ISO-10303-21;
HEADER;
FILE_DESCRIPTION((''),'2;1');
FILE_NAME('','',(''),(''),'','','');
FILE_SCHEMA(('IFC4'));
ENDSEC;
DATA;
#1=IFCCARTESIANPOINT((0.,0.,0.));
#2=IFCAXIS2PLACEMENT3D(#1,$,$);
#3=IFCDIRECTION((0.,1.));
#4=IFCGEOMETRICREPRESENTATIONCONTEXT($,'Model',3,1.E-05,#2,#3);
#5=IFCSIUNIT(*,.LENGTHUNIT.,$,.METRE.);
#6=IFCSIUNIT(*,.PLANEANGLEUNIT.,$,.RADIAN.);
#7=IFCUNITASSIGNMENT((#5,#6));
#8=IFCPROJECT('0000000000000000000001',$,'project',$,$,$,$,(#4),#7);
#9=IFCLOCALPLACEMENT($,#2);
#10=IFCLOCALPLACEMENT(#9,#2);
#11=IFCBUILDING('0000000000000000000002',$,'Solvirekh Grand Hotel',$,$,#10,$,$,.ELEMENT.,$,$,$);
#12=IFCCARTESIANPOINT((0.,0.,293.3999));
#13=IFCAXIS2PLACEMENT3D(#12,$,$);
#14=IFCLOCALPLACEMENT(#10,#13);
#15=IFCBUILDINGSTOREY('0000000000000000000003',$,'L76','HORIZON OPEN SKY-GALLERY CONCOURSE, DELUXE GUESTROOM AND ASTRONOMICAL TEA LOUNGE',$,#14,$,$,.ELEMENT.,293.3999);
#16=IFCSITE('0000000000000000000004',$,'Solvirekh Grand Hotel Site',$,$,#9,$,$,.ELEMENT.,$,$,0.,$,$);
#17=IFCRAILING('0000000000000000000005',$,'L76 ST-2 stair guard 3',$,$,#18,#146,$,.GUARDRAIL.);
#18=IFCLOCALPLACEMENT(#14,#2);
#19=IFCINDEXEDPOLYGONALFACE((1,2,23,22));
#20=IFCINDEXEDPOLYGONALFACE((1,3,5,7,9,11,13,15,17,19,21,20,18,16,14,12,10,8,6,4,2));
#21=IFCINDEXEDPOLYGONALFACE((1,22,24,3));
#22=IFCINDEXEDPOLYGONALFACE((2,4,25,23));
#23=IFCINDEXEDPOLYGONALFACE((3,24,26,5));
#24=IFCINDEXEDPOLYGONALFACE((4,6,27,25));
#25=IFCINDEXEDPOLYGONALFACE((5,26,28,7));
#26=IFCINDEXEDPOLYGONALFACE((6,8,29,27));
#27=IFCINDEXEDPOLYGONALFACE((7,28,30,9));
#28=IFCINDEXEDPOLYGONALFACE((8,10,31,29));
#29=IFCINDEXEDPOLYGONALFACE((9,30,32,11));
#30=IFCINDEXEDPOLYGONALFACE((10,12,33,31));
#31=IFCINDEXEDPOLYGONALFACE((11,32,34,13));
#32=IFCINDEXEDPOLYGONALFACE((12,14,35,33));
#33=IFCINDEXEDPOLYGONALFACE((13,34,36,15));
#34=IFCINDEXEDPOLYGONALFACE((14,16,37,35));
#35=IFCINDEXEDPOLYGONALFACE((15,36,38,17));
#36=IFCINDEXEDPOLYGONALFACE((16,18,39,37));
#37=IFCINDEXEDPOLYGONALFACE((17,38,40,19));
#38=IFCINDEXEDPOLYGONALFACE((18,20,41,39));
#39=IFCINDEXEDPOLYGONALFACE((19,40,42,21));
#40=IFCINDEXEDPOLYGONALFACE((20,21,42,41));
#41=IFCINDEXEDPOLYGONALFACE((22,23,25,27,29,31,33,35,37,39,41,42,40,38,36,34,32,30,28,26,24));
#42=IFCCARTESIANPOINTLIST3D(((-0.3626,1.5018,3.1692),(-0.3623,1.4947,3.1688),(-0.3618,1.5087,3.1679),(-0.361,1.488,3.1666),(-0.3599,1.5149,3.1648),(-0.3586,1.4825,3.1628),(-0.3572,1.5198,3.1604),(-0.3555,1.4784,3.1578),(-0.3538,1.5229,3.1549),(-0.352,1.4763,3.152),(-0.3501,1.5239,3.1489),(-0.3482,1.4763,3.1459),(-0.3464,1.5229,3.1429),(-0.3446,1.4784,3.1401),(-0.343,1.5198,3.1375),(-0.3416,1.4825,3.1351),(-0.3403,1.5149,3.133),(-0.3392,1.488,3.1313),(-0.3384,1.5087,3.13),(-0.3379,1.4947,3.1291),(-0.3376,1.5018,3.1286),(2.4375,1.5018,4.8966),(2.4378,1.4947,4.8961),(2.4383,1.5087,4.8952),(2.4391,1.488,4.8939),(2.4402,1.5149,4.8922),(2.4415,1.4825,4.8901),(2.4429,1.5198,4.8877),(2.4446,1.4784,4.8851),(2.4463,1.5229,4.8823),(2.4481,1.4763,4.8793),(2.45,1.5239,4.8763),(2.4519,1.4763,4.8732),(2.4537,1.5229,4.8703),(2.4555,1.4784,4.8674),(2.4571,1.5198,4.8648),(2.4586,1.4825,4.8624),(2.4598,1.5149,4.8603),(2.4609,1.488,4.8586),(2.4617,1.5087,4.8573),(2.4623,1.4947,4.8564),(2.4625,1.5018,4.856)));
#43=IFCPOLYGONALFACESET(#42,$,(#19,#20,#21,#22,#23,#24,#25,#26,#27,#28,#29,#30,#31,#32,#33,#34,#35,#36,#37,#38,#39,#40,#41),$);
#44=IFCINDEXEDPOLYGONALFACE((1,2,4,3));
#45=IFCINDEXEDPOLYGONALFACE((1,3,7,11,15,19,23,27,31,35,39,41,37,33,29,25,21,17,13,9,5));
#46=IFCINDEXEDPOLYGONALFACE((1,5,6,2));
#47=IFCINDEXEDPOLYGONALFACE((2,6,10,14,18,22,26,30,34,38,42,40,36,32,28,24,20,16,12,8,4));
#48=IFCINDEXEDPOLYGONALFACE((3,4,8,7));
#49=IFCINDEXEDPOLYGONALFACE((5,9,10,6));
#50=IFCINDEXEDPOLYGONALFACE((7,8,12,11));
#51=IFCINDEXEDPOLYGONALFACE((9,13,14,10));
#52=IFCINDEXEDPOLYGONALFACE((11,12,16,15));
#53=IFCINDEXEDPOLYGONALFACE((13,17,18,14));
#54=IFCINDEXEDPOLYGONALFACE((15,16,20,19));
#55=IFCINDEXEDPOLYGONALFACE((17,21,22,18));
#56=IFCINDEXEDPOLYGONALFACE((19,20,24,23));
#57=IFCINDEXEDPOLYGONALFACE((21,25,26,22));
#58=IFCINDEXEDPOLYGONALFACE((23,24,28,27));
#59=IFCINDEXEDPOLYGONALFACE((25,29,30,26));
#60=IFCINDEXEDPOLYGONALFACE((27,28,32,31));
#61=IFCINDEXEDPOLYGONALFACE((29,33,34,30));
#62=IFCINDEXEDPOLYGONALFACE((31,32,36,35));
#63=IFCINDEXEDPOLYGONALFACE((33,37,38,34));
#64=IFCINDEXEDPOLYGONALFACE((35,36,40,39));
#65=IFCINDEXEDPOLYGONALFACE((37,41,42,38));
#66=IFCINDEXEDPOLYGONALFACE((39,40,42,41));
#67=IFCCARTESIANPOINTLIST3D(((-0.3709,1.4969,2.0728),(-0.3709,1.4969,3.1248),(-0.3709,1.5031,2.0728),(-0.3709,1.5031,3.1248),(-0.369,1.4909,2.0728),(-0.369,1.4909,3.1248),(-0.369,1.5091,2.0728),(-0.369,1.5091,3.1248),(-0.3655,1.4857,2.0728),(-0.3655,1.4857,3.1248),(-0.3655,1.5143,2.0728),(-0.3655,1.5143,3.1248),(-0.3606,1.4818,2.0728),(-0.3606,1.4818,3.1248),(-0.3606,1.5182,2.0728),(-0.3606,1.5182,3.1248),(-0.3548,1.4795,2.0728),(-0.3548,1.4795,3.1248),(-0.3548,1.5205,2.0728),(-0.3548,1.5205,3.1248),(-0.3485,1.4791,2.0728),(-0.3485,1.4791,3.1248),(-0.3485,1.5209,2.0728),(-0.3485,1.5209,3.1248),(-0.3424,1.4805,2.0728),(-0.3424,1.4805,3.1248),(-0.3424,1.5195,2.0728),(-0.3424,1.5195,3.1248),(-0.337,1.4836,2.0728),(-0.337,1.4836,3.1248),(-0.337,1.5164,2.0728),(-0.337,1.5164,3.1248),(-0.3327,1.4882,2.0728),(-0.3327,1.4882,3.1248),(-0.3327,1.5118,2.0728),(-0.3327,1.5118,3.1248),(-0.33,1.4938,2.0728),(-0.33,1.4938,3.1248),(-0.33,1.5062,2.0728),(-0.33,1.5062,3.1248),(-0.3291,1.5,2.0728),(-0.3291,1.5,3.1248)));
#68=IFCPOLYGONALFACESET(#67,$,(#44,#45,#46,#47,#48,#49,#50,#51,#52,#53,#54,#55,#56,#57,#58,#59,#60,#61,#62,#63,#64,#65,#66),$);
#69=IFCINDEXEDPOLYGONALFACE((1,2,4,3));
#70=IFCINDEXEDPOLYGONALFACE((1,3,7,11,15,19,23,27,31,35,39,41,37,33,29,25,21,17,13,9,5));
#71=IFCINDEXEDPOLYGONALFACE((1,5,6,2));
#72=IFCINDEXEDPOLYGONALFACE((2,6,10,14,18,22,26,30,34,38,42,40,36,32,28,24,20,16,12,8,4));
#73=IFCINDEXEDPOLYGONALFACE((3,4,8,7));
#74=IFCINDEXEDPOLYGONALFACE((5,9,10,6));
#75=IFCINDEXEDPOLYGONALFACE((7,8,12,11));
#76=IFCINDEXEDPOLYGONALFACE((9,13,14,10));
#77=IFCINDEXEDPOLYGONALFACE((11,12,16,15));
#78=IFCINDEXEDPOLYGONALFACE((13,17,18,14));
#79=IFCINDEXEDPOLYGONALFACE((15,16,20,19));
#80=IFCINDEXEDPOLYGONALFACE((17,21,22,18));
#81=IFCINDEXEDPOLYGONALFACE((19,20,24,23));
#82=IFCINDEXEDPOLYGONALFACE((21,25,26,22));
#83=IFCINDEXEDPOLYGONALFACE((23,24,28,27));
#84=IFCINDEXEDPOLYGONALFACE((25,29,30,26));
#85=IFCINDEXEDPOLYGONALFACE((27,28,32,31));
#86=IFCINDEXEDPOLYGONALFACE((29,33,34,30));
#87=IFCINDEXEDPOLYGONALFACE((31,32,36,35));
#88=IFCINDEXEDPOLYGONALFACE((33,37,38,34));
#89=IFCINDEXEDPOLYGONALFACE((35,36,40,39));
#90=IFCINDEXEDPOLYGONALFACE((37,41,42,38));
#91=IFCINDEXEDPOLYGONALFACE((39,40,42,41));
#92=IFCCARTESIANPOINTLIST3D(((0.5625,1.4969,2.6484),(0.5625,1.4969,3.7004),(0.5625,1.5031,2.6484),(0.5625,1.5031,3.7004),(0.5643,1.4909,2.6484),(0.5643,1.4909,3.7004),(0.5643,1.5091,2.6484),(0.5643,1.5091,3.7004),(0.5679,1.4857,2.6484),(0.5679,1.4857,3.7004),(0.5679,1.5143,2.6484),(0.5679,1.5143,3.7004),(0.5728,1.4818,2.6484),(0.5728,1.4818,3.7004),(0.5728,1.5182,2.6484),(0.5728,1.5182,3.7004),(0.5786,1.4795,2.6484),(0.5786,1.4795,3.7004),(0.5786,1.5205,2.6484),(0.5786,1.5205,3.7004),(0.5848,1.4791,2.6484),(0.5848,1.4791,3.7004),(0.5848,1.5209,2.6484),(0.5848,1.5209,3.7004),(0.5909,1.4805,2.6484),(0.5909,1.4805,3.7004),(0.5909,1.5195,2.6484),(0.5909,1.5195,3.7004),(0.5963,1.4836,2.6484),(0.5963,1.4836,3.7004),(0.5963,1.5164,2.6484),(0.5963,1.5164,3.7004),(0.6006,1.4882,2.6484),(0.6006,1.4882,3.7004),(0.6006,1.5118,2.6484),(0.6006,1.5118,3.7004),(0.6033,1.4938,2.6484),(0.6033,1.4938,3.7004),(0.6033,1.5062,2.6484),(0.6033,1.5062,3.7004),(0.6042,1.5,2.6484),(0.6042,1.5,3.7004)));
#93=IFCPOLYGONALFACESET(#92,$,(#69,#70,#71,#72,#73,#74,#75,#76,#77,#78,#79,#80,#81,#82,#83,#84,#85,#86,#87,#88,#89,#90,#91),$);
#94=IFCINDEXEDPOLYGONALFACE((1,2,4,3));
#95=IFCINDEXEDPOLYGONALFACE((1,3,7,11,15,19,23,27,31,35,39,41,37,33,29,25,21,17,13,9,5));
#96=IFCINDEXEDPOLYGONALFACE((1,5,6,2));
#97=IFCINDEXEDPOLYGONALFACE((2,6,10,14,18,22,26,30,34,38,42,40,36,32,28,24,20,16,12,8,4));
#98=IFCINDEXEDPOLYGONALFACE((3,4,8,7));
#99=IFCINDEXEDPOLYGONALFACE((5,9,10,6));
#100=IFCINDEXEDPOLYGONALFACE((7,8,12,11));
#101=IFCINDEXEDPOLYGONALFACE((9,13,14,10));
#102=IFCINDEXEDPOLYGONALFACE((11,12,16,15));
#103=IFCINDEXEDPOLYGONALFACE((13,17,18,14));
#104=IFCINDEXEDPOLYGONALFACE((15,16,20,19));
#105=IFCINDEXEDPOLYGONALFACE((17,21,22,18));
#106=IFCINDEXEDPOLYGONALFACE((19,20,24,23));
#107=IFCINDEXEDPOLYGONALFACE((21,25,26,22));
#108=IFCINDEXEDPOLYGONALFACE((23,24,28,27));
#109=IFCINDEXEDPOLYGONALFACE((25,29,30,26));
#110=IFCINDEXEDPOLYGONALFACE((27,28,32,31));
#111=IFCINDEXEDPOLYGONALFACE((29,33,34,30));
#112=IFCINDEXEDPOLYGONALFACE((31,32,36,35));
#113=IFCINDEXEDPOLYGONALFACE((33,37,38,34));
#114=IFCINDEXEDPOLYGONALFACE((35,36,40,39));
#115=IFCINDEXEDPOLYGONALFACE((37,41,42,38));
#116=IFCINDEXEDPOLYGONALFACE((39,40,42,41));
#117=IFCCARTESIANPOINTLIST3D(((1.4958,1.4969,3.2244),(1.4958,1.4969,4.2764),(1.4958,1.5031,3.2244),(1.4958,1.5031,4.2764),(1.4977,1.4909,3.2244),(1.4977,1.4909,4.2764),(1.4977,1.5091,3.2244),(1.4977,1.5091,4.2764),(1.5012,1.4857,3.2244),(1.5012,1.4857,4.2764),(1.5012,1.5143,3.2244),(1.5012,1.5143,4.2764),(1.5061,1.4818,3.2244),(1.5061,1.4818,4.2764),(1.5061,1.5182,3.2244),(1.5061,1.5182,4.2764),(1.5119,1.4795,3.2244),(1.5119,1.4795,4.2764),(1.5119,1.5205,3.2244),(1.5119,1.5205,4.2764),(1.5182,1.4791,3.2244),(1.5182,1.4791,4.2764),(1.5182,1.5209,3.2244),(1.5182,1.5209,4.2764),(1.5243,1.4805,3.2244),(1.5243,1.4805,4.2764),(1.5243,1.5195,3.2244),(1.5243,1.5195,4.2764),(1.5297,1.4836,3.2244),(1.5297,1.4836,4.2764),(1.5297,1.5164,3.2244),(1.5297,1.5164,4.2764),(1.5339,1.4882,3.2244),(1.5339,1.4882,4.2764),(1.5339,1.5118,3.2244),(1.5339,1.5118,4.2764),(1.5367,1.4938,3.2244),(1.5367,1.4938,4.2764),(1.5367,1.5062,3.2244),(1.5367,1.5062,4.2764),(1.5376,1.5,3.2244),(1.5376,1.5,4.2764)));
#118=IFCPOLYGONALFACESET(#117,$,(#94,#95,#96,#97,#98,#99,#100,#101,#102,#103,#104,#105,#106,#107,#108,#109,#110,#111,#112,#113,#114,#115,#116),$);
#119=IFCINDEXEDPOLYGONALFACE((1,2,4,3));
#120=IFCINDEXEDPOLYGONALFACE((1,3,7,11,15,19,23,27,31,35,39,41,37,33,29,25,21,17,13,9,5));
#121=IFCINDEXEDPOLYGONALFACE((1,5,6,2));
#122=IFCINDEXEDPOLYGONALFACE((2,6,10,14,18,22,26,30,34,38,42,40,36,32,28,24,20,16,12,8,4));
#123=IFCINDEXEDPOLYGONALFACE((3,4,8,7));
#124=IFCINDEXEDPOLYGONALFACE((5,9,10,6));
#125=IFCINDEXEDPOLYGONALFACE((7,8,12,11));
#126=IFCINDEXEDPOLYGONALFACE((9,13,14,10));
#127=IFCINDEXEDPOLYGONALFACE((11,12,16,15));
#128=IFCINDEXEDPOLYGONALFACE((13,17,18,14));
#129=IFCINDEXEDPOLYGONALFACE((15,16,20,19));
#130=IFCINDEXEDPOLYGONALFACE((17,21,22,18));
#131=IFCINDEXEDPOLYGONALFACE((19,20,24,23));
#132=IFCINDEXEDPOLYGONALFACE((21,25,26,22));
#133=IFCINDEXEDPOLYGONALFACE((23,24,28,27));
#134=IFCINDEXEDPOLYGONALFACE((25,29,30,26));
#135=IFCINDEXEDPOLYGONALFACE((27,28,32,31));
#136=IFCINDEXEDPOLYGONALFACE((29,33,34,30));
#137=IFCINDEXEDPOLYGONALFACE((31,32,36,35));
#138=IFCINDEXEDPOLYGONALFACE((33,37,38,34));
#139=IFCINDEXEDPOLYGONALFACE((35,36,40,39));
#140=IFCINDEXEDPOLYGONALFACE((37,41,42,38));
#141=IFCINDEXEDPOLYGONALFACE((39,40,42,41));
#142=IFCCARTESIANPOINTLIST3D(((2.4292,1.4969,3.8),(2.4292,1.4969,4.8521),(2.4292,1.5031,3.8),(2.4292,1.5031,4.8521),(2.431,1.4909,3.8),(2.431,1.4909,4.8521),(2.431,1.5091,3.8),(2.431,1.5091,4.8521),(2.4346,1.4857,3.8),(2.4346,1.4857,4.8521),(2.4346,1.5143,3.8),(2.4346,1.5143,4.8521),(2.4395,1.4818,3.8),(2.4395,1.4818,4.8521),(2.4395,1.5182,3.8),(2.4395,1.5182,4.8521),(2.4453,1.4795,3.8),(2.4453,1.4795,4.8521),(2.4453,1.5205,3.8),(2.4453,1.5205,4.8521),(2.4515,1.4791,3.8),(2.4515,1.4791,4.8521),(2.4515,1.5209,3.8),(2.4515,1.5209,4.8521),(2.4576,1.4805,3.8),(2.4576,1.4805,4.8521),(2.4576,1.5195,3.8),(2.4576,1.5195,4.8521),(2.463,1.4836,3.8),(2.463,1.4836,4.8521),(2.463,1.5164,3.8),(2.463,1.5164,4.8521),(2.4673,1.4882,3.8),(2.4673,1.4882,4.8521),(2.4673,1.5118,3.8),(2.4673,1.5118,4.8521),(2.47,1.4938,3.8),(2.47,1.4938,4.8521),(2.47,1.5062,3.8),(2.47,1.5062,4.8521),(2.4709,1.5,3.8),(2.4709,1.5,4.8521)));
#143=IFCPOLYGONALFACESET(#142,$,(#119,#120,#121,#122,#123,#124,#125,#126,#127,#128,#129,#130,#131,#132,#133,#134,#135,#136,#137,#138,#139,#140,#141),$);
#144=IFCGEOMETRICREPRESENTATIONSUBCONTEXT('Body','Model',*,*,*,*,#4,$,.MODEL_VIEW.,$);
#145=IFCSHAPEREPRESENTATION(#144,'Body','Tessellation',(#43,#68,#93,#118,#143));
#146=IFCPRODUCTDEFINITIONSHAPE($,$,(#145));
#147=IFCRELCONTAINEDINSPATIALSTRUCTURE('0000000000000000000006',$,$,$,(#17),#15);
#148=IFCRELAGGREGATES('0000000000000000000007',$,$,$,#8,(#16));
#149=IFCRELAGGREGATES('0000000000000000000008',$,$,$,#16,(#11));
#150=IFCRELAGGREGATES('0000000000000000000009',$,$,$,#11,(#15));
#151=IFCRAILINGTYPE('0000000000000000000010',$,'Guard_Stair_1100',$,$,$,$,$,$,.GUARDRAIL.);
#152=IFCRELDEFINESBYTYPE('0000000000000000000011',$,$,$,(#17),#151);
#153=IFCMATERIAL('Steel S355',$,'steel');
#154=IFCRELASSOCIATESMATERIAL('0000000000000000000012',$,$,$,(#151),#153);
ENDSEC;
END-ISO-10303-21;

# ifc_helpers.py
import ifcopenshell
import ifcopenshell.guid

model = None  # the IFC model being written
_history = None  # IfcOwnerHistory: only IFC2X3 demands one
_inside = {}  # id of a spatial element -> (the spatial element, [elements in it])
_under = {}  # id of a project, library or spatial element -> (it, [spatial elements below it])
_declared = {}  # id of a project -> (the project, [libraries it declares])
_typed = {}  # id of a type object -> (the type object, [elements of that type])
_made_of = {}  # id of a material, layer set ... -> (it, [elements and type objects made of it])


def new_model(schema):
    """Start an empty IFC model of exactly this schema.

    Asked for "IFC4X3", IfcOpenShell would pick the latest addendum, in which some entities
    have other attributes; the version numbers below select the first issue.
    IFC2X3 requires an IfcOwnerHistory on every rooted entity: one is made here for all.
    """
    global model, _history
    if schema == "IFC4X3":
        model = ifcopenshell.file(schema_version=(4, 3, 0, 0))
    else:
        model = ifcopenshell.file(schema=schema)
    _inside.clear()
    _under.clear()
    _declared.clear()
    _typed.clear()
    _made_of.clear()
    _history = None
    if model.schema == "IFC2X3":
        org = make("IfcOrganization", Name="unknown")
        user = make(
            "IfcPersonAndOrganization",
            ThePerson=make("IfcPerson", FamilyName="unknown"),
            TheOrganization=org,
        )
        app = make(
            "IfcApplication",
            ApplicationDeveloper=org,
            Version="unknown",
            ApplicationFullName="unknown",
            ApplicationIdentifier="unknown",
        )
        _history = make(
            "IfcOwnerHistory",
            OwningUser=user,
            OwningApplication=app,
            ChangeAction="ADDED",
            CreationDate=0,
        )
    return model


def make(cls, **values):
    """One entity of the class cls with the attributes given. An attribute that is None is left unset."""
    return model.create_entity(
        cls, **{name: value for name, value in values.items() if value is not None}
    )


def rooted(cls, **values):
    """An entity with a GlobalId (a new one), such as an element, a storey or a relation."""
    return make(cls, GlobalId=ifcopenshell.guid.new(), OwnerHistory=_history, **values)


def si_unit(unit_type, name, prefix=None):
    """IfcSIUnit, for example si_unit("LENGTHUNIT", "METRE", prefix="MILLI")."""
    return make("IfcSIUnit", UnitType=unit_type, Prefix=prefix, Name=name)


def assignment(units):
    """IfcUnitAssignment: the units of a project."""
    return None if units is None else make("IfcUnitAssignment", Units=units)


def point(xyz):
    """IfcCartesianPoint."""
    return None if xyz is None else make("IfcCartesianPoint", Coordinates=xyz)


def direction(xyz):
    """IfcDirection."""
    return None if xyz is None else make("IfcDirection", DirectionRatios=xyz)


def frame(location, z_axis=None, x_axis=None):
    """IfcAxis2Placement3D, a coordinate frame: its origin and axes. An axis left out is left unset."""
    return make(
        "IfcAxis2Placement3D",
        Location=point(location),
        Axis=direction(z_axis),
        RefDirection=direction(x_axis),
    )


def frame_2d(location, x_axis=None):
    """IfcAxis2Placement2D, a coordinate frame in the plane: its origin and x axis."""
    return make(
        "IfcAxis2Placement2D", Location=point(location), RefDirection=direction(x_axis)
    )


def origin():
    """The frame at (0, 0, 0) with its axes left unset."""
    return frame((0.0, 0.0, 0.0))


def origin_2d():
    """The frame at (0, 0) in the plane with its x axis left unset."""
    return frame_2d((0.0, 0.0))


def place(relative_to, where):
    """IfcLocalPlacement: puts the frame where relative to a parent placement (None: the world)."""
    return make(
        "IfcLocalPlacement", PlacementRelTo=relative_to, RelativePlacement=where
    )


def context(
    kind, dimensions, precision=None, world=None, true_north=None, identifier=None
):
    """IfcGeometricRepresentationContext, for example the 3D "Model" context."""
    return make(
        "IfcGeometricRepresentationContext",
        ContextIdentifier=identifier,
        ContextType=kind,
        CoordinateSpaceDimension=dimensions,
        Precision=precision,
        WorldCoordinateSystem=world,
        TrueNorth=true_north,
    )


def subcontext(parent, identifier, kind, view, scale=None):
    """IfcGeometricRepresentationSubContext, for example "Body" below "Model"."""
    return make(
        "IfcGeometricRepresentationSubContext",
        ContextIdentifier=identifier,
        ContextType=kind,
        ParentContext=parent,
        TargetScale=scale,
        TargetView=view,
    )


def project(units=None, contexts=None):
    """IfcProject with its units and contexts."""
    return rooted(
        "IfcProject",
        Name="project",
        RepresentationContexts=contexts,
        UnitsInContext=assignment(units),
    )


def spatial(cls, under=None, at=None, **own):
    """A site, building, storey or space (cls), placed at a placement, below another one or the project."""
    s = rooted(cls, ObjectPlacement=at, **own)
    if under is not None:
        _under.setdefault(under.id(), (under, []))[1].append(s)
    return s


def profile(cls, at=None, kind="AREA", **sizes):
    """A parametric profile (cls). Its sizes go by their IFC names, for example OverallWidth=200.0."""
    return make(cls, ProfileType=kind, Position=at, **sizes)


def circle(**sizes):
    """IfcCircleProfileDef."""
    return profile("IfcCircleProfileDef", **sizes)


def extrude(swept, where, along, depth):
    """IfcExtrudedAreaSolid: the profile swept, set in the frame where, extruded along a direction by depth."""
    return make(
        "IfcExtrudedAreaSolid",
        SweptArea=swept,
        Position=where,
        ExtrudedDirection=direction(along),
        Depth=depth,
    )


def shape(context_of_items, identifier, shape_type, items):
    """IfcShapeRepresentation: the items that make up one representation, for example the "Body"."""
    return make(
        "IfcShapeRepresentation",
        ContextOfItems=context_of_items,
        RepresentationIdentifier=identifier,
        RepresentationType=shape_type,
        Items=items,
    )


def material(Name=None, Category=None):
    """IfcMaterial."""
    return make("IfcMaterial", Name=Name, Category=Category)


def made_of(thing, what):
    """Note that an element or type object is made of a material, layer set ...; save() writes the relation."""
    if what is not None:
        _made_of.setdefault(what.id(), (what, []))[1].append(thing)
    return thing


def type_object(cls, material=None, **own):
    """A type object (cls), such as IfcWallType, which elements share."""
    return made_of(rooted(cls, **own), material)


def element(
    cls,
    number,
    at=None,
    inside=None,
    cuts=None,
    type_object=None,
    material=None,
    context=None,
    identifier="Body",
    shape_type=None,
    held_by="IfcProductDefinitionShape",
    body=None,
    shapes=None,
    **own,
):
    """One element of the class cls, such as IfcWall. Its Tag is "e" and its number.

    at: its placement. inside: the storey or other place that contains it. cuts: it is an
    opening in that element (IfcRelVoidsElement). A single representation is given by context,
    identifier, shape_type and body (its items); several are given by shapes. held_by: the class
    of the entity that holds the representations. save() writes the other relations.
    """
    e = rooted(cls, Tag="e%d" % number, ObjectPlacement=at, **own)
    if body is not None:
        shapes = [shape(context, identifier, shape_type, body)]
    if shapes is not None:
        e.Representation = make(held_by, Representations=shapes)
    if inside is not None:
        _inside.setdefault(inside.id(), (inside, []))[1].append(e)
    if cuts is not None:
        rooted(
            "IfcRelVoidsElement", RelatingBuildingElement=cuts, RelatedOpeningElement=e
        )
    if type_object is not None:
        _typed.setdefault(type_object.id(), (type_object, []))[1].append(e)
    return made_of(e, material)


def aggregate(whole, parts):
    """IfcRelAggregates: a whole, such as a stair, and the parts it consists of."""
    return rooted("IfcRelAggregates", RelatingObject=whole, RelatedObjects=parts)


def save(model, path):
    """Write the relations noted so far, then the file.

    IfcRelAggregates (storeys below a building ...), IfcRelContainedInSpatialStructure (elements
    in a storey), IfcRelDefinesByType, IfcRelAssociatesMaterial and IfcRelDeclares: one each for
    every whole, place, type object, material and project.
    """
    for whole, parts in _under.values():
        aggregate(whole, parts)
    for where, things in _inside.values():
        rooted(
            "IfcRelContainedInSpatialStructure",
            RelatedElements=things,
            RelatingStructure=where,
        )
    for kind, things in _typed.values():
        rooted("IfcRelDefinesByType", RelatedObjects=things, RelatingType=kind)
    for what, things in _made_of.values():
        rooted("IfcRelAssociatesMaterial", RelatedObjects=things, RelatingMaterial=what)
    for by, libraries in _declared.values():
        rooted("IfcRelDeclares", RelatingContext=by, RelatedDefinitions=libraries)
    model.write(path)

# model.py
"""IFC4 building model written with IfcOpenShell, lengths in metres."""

from ifc_helpers import new_model, si_unit, direction, frame, origin, origin_2d, place, context, subcontext, project, spatial, circle, extrude, material, type_object, element, save


model = new_model("IFC4")

# Units and contexts
model_context = context("Model", 3, precision=1e-05, world=origin(), true_north=direction((0.0, 1.0)))
body_context = subcontext(model_context, "Body", "Model", "MODEL_VIEW")
ifc_project = project(units=[si_unit("LENGTHUNIT", "METRE"), si_unit("PLANEANGLEUNIT", "RADIAN")], contexts=[model_context])

# Site, building, storey
site_placement = place(None, origin())
site = spatial("IfcSite", under=ifc_project, at=site_placement, Name="Solvirekh Grand Hotel Site", CompositionType="ELEMENT", RefElevation=0.0)
building_placement = place(site_placement, origin())
building = spatial("IfcBuilding", under=site, at=building_placement, Name="Solvirekh Grand Hotel", CompositionType="ELEMENT")
storey_placement = place(building_placement, frame((0.0, 0.0, 293.3999)))
storey = spatial("IfcBuildingStorey", under=building, at=storey_placement, Name="L76", Description="HORIZON OPEN SKY-GALLERY CONCOURSE, DELUXE GUESTROOM AND ASTRONOMICAL TEA LOUNGE", CompositionType="ELEMENT", Elevation=293.3999)

# Shared definitions
ifc_material_1 = material(Name="Steel S355", Category="steel")

# Railing
railing_type_1 = type_object("IfcRailingType", Name="Guard_Stair_1100", PredefinedType="GUARDRAIL", material=ifc_material_1)
railing_1_placement = place(storey_placement, frame((-0.3501, 1.5, 2.0728)))
element("IfcRailing", 1, at=railing_1_placement, inside=storey, type_object=railing_type_1, Name="L76 ST-2 stair guard 3", PredefinedType="GUARDRAIL", context=body_context, shape_type="SweptSolid", body=[
    extrude(circle(Radius=0.0239, at=origin_2d()), frame((0.0, 0.0, 1.0762), z_axis=(0.85109, 0.0, 0.52502), x_axis=(0.0, 1.0, 0.0)), (0.0, 0.0, 1.0), 3.29),
    extrude(circle(Radius=0.021, at=origin_2d()), origin(), (0.0, 0.0, 1.0), 1.052),
    extrude(circle(Radius=0.021, at=origin_2d()), frame((0.9333, 0.0, 0.5757)), (0.0, 0.0, 1.0), 1.052),
    extrude(circle(Radius=0.021, at=origin_2d()), frame((1.8667, 0.0, 1.1516)), (0.0, 0.0, 1.0), 1.052),
    extrude(circle(Radius=0.021, at=origin_2d()), frame((2.8, 0.0, 1.7273)), (0.0, 0.0, 1.0), 1.052),
])

save(model, "model.ifc")
